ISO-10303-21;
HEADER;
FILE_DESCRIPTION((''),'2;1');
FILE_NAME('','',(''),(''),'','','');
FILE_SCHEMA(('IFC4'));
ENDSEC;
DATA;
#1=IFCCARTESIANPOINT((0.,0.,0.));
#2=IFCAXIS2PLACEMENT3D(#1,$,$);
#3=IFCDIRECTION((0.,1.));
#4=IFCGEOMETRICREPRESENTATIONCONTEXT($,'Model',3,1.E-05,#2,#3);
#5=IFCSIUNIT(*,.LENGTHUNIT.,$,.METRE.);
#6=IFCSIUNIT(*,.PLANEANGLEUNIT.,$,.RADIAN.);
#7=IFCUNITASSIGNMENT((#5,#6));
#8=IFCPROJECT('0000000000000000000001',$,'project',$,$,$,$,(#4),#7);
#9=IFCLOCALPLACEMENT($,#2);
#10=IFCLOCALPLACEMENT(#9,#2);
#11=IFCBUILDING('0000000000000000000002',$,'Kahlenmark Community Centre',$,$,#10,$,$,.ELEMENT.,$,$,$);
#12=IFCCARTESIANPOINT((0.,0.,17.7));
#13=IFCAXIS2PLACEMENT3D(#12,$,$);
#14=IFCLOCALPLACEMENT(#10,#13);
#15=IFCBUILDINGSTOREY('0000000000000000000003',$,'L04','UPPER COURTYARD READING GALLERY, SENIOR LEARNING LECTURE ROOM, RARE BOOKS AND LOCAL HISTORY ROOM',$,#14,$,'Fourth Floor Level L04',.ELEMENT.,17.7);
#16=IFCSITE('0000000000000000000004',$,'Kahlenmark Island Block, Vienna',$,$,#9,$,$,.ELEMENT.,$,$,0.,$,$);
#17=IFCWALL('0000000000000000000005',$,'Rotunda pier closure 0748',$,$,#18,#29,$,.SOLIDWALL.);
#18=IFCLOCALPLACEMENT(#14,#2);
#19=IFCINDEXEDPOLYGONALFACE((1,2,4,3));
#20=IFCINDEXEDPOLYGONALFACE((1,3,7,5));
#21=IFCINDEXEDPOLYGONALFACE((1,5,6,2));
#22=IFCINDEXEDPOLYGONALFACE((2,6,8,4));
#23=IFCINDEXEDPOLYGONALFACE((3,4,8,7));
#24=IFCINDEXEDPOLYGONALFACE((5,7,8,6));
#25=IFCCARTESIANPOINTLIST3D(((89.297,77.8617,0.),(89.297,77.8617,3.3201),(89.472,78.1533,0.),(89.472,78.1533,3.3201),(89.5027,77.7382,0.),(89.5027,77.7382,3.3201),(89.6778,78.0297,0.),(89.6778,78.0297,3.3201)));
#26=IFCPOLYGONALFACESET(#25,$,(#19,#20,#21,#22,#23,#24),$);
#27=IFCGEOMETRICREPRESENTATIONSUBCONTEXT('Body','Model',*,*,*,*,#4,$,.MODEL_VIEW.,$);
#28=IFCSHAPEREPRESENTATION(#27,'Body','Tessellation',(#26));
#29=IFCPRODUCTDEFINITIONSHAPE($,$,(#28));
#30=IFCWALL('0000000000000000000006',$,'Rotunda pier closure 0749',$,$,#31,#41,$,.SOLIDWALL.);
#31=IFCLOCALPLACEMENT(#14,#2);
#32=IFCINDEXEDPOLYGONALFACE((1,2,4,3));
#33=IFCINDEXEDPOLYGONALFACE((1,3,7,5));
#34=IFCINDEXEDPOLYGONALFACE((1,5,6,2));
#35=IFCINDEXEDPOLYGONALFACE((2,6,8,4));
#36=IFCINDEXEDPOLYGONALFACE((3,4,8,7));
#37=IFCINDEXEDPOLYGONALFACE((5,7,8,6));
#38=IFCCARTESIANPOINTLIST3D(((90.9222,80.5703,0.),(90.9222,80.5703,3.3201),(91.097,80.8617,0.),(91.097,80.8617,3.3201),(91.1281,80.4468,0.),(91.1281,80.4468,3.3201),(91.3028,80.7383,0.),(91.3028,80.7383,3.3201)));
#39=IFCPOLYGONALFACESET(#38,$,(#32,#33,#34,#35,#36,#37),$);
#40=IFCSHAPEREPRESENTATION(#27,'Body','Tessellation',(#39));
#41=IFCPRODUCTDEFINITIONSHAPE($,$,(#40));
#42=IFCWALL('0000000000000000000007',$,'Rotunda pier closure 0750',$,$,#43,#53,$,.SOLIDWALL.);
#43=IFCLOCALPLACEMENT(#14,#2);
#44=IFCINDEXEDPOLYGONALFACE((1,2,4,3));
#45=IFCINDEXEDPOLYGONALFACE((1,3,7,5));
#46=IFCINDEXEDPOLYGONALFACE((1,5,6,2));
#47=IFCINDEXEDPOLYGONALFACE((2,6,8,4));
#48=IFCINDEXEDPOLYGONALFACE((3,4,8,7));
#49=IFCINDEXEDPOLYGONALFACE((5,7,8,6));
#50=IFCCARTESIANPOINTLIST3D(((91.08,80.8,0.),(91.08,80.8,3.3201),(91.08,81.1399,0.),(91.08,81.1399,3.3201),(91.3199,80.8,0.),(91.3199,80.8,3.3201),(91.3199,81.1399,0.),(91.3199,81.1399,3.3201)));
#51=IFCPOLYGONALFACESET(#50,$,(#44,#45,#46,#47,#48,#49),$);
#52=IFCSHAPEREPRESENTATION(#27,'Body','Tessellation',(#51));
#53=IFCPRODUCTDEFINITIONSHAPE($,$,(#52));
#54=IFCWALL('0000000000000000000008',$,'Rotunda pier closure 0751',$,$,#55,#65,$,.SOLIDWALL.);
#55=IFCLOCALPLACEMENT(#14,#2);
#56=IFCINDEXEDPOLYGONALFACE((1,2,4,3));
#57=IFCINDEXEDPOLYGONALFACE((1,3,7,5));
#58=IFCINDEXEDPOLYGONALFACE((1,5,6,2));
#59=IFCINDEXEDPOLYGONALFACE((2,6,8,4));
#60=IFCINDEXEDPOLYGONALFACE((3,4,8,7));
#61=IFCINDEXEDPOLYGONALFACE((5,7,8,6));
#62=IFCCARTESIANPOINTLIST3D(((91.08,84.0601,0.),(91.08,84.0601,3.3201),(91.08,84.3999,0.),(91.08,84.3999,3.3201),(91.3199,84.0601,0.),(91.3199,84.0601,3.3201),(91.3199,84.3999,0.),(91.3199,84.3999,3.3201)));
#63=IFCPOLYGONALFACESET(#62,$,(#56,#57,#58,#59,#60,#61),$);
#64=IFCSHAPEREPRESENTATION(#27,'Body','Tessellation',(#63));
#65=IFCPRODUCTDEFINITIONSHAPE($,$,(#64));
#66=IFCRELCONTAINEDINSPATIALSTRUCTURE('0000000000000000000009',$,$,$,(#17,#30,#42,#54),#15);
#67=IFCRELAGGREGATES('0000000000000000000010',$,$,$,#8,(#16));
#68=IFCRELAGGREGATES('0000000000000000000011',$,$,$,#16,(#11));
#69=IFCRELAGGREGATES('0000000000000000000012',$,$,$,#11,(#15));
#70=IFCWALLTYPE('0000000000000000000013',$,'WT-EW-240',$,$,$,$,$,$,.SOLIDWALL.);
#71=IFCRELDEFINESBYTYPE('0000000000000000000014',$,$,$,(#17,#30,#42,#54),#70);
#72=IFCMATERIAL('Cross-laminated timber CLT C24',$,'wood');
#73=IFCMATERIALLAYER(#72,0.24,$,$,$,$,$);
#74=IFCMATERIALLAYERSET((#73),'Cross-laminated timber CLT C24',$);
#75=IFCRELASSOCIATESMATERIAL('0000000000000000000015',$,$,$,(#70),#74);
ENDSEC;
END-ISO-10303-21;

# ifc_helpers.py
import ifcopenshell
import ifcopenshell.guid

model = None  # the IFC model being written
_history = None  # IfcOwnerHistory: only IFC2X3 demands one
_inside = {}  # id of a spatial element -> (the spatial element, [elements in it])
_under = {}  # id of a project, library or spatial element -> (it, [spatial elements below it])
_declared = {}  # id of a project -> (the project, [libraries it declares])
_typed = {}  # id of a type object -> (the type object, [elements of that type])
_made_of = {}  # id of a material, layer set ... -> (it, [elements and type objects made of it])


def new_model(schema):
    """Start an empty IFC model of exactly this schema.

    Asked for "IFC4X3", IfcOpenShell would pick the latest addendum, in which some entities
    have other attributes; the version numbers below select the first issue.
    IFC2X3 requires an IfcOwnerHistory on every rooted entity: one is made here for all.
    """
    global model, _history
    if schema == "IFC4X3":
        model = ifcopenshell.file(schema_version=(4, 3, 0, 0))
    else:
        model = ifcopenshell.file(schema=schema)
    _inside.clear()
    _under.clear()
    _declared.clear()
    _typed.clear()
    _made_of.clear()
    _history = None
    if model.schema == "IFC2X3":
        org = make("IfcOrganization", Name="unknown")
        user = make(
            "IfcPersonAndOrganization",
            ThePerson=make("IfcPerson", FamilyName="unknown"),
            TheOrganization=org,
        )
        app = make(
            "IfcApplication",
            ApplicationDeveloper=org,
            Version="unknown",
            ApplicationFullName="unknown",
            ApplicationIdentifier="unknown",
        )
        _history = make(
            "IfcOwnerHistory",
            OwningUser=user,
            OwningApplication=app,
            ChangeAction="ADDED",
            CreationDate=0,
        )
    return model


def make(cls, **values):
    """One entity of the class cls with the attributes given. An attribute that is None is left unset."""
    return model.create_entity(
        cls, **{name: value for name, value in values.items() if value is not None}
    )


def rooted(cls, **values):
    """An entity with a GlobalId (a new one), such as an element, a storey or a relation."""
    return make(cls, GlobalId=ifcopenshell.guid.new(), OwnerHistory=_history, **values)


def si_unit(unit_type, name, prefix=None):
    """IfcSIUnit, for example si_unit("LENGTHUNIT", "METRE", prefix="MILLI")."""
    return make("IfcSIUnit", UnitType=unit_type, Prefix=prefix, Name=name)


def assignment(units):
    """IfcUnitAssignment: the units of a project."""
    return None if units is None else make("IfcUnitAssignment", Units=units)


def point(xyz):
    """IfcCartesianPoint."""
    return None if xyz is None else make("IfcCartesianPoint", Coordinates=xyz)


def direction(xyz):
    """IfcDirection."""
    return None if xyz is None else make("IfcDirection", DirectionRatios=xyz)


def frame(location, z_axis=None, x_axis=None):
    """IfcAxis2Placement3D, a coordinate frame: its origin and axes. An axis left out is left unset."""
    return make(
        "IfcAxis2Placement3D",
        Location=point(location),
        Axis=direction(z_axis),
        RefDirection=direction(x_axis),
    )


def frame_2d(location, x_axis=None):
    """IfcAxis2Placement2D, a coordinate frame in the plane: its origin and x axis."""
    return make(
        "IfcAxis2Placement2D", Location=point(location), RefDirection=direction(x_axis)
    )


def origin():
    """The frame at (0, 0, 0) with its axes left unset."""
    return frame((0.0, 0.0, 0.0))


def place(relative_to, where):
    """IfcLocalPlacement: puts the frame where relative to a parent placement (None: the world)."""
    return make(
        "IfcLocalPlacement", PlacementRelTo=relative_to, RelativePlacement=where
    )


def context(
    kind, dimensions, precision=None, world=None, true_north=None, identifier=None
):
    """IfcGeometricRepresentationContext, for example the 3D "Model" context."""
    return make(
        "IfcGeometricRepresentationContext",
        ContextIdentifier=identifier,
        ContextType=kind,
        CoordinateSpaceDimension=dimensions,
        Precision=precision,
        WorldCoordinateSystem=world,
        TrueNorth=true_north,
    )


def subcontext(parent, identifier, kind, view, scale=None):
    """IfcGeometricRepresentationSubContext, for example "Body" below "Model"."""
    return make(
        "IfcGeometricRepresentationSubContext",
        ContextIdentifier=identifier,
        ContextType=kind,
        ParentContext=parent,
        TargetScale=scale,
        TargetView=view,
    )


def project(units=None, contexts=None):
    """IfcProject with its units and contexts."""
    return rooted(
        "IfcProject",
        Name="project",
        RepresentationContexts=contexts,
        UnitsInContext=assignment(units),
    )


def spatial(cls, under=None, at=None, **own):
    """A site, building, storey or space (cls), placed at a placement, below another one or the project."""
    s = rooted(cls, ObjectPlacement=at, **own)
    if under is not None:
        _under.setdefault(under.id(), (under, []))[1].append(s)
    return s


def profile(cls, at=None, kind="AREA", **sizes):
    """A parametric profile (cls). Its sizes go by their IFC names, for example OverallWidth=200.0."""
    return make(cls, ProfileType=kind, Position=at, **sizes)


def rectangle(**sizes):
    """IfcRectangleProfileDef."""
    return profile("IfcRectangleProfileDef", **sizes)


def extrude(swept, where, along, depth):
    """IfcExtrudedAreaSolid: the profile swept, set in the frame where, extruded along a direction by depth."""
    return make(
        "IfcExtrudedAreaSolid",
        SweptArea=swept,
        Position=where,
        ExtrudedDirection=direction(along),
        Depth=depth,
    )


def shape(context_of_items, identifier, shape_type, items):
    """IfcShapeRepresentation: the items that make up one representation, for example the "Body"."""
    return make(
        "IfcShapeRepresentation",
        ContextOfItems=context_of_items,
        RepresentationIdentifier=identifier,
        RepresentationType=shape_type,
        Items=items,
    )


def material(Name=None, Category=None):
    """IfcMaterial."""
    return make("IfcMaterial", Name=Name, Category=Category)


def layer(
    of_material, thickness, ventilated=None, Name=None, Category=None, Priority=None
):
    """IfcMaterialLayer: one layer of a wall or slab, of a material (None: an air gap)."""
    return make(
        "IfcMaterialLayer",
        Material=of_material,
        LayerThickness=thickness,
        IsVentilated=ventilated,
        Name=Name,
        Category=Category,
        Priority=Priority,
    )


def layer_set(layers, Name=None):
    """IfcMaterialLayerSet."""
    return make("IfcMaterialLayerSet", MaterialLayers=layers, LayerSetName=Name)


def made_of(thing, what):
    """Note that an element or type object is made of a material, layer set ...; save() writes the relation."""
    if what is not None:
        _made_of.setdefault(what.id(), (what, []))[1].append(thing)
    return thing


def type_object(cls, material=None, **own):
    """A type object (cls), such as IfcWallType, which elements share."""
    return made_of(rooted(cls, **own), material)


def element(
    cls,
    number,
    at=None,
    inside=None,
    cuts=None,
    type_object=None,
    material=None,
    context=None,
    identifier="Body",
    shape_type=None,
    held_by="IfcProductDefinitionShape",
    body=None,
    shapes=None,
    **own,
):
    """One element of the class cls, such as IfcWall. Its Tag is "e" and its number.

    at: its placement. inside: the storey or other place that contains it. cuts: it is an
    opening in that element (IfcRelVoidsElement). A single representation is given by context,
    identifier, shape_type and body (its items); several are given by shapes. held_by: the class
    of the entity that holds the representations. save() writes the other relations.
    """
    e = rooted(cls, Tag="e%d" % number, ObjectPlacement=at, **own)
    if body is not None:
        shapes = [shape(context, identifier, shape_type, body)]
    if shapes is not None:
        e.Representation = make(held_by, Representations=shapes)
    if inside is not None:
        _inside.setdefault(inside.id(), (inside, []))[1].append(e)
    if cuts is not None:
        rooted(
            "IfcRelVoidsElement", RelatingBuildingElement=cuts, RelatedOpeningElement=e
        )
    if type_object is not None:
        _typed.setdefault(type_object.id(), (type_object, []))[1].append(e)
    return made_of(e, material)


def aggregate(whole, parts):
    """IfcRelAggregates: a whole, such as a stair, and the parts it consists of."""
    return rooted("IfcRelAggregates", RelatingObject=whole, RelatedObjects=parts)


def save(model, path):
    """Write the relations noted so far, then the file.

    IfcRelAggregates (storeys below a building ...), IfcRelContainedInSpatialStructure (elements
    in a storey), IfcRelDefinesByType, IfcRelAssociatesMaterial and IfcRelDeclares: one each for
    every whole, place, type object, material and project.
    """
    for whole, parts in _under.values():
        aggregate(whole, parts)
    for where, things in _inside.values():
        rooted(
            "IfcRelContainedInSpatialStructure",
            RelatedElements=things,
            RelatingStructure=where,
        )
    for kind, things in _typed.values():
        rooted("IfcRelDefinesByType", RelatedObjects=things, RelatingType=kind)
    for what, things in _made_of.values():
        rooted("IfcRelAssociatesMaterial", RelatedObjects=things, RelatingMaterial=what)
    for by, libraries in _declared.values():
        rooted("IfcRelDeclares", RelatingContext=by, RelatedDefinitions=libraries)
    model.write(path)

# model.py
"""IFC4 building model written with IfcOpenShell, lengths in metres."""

from ifc_helpers import new_model, si_unit, direction, frame, frame_2d, origin, place, context, subcontext, project, spatial, rectangle, extrude, material, layer, layer_set, type_object, element, save


model = new_model("IFC4")

# Units and contexts
model_context = context("Model", 3, precision=1e-05, world=origin(), true_north=direction((0.0, 1.0)))
body_context = subcontext(model_context, "Body", "Model", "MODEL_VIEW")
ifc_project = project(units=[si_unit("LENGTHUNIT", "METRE"), si_unit("PLANEANGLEUNIT", "RADIAN")], contexts=[model_context])

# Site, building, storey
site_placement = place(None, origin())
site = spatial("IfcSite", under=ifc_project, at=site_placement, Name="Kahlenmark Island Block, Vienna", CompositionType="ELEMENT", RefElevation=0.0)
building_placement = place(site_placement, origin())
building = spatial("IfcBuilding", under=site, at=building_placement, Name="Kahlenmark Community Centre", CompositionType="ELEMENT")
storey_placement = place(building_placement, frame((0.0, 0.0, 17.7)))
storey = spatial("IfcBuildingStorey", under=building, at=storey_placement, Name="L04", Description="UPPER COURTYARD READING GALLERY, SENIOR LEARNING LECTURE ROOM, RARE BOOKS AND LOCAL HISTORY ROOM", LongName="Fourth Floor Level L04", CompositionType="ELEMENT", Elevation=17.7)

# Walls
ifc_material_1 = material(Name="Cross-laminated timber CLT C24", Category="wood")
ifc_layer_1 = layer(ifc_material_1, 0.24)
ifc_layer_set_1 = layer_set([ifc_layer_1], Name="Cross-laminated timber CLT C24")
wall_type = type_object("IfcWallType", Name="WT-EW-240", PredefinedType="SOLIDWALL", material=ifc_layer_set_1)
wall_placement = place(storey_placement, frame((89.3999, 77.8, 0.0), z_axis=(0.0, 0.0, 1.0), x_axis=(0.514812, 0.857303, 0.0)))
element("IfcWall", 1, at=wall_placement, inside=storey, type_object=wall_type, Name="Rotunda pier closure 0748", PredefinedType="SOLIDWALL", context=body_context, shape_type="SweptSolid", body=[
    extrude(rectangle(XDim=0.3401, YDim=0.24, at=frame_2d((0.1699, 0.0))), origin(), (0.0, 0.0, 1.0), 3.3201),
])
for number, where, z_axis, x_axis, name in (
    (2, (91.0251, 80.5085, 0.0), (0.0, 0.0, 1.0), (0.514284, 0.85762, 0.0), "Rotunda pier closure 0749"),
    (3, (91.2, 80.8, 0.0), (0.0, 0.0, 1.0), (0.0, 1.0, 0.0), "Rotunda pier closure 0750"),
    (4, (91.2, 84.0601, 0.0), (0.0, 0.0, 1.0), (0.0, 1.0, 0.0), "Rotunda pier closure 0751"),
):
    element("IfcWall", number, at=place(storey_placement, frame(where, z_axis=z_axis, x_axis=x_axis)), inside=storey, type_object=wall_type, Name=name, PredefinedType="SOLIDWALL", context=body_context, shape_type="SweptSolid", body=[
        extrude(rectangle(XDim=0.3398, YDim=0.24, at=frame_2d((0.1699, 0.0))), origin(), (0.0, 0.0, 1.0), 3.3201),
    ])

save(model, "model.ifc")
